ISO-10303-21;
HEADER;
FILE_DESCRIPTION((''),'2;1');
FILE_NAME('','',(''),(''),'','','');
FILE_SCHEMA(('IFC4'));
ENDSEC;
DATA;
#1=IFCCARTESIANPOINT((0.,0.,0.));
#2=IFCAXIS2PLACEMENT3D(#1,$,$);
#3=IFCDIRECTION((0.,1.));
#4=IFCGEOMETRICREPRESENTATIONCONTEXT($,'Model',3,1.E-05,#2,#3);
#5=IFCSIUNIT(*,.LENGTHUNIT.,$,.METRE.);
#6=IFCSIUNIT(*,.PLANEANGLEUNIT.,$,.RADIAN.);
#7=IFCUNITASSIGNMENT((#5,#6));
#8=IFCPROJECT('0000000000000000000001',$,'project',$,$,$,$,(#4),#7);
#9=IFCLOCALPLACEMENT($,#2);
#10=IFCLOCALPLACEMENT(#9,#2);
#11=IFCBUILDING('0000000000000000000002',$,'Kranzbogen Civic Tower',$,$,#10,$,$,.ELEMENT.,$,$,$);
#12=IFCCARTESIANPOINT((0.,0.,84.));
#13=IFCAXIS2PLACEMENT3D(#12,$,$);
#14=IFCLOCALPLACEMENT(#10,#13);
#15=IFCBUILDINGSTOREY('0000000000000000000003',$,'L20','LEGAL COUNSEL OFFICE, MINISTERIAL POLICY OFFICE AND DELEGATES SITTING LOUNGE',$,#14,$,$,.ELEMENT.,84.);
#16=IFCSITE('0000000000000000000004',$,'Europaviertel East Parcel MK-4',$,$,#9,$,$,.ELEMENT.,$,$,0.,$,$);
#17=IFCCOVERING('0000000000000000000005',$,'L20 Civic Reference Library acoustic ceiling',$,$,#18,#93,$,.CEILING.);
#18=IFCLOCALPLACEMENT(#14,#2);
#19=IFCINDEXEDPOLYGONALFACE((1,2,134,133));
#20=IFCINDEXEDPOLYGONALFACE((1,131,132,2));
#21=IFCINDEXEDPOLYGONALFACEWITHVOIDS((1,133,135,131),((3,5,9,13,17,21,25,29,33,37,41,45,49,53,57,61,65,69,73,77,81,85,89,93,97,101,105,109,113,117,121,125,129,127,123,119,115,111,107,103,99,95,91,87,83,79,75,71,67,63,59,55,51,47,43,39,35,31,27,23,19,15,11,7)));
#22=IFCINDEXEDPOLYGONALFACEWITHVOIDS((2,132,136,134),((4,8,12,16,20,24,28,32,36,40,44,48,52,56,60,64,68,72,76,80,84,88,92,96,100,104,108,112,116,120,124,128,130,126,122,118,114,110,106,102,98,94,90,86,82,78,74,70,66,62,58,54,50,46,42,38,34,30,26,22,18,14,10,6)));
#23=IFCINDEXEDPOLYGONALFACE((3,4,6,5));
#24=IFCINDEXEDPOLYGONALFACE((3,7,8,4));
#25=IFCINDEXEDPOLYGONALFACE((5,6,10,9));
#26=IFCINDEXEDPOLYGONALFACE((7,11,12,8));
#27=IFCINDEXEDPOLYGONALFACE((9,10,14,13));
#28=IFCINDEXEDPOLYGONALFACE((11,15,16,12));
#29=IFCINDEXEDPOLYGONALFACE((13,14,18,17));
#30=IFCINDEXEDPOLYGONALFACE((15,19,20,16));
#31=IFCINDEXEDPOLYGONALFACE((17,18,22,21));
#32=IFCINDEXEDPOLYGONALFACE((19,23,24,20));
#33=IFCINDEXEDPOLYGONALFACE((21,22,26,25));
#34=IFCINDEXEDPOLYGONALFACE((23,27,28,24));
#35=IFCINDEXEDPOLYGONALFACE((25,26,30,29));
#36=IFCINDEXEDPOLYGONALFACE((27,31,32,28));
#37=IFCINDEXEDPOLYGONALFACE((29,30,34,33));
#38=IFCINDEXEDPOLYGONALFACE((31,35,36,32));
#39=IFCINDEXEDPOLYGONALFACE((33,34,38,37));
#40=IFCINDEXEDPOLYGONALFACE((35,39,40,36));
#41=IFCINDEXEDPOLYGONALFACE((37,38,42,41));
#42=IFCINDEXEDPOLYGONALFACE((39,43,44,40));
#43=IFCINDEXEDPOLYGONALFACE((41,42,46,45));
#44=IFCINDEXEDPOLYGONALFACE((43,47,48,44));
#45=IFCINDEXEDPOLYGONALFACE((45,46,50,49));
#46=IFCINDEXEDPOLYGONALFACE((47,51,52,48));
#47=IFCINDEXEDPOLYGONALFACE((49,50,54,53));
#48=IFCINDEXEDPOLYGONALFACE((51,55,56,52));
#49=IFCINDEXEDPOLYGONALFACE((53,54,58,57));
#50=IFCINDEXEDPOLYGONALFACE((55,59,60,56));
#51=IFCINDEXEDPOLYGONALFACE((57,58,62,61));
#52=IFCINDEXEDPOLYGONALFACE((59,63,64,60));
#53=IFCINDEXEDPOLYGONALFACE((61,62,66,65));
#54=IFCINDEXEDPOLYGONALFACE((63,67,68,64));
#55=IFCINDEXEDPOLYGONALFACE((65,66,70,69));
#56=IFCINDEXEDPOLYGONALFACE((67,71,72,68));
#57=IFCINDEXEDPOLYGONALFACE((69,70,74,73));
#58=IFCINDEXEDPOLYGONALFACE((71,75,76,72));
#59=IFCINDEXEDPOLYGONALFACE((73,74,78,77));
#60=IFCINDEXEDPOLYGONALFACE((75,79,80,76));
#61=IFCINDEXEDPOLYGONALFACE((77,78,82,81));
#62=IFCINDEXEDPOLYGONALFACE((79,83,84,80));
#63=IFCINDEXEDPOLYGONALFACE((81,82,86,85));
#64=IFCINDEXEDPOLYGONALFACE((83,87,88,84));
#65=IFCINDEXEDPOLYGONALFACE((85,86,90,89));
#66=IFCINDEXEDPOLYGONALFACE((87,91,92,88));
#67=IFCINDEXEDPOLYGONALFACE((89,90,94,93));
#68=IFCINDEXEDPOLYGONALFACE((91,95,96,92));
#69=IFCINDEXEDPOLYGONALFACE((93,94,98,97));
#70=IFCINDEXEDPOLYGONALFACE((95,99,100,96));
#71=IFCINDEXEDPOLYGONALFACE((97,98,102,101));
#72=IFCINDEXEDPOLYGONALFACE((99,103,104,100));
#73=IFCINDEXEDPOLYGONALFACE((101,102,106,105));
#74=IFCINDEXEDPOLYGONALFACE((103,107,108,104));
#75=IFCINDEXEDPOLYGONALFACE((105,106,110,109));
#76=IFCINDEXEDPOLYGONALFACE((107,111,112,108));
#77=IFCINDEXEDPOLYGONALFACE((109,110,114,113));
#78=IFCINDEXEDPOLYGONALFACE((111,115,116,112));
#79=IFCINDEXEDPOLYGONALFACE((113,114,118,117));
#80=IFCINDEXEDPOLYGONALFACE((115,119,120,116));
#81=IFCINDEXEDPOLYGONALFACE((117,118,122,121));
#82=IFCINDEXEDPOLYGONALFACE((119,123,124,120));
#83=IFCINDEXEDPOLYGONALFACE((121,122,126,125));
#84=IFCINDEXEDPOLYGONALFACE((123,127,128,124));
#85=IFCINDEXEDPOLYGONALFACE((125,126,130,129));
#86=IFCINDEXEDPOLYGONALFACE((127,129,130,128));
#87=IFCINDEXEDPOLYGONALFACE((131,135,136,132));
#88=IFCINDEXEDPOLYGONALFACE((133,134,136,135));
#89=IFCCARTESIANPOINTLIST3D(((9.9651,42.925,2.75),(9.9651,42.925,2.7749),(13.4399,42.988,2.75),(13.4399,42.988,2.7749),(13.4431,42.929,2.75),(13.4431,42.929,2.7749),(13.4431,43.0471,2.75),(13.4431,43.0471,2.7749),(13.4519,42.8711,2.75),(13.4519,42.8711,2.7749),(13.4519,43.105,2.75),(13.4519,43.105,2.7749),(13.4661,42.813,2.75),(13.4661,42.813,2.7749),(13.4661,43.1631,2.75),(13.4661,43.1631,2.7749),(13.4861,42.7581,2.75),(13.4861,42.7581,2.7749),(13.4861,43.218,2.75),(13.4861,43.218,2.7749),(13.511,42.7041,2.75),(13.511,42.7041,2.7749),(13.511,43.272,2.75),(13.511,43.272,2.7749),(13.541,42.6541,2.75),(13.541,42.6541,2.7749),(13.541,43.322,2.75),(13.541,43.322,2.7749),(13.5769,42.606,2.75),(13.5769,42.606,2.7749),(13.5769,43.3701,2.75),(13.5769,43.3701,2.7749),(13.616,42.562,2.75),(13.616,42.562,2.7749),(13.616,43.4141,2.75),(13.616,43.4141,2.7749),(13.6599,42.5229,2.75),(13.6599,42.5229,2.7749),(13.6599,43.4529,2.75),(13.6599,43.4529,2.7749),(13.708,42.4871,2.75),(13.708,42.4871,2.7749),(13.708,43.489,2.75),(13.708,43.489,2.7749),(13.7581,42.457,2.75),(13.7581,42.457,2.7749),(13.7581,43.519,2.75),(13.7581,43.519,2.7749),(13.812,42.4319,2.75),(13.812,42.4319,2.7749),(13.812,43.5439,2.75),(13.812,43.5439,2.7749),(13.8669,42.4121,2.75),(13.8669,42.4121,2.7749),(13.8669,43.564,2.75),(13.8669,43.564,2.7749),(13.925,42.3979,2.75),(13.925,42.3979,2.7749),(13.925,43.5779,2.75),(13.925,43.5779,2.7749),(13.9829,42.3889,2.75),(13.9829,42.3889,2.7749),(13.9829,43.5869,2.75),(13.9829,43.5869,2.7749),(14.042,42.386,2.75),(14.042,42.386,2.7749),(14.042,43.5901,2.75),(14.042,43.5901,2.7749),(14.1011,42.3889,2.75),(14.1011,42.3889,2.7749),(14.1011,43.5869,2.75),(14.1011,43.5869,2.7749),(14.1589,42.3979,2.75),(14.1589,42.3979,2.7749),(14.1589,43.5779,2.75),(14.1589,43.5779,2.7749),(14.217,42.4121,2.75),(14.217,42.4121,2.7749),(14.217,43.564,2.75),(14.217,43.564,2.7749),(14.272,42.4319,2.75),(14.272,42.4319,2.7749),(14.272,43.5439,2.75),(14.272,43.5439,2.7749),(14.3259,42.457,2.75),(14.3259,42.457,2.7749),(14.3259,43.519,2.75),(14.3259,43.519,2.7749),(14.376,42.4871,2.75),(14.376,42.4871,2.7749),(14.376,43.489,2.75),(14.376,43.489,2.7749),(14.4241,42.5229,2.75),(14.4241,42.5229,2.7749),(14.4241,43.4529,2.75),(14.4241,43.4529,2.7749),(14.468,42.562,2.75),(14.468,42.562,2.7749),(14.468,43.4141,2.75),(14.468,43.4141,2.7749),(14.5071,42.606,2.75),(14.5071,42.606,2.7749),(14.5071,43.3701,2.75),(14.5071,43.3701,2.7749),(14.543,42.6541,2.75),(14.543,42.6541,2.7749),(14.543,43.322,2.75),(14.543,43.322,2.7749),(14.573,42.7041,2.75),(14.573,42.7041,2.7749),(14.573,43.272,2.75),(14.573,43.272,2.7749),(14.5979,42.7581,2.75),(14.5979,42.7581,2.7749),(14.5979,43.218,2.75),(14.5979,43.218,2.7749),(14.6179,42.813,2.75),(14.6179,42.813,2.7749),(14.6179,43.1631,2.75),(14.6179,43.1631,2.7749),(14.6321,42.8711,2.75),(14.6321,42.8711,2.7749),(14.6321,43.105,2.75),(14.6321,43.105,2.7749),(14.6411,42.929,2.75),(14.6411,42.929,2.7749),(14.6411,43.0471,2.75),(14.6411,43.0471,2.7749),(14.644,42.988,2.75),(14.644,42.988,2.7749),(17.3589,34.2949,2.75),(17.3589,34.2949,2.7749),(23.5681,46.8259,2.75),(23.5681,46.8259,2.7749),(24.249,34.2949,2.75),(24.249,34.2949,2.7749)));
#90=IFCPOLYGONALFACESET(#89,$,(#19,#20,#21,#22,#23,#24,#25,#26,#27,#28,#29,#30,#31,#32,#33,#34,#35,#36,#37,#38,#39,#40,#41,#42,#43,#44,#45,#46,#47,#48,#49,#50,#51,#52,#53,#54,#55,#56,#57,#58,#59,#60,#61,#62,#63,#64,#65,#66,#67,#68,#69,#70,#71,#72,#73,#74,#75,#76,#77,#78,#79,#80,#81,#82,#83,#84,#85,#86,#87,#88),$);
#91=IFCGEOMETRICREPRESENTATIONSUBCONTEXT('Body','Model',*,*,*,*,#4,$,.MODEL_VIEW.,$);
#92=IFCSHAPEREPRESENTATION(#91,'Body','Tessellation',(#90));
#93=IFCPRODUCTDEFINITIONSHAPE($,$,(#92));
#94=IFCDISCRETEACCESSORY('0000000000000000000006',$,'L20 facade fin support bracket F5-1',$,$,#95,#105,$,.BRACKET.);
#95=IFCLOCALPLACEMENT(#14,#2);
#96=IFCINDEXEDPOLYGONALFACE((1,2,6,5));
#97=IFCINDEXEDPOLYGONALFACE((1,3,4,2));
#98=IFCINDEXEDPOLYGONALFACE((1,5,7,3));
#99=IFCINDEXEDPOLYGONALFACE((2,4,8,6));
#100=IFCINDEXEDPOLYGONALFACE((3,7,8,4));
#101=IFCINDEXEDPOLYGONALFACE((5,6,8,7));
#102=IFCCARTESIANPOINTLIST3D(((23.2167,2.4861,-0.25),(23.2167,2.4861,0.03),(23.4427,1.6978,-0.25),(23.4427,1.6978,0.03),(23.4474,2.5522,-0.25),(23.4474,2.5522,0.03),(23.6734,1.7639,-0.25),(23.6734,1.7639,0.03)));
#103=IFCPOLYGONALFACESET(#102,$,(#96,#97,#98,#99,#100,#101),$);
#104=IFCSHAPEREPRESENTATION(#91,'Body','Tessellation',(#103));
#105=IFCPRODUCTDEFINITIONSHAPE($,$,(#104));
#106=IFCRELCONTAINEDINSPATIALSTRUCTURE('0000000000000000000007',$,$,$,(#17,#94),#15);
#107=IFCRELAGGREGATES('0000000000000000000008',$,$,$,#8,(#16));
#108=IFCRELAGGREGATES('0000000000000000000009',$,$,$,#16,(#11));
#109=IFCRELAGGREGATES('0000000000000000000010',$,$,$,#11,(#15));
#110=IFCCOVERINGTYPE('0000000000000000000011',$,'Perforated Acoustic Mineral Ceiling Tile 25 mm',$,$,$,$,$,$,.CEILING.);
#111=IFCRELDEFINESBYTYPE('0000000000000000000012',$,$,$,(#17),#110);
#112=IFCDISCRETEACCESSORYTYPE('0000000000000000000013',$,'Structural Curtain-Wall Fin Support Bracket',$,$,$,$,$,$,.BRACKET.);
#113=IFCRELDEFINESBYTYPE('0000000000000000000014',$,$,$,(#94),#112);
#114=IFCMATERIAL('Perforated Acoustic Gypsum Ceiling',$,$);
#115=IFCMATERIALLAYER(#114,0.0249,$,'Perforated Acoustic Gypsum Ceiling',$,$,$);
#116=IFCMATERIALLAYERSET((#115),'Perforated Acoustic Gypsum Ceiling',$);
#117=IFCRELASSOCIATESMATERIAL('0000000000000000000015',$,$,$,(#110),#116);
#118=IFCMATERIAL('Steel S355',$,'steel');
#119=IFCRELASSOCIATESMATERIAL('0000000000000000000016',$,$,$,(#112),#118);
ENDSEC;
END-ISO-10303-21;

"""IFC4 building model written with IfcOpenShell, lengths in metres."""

from ifc_helpers import new_model, si_unit, direction, frame, origin, origin_2d, place, context, subcontext, project, spatial, polyline, rectangle, outline, extrude, material, layer, layer_set, type_object, element, save


model = new_model("IFC4")

# Units and contexts
model_context = context("Model", 3, precision=1e-05, world=origin(), true_north=direction((0.0, 1.0)))
body_context = subcontext(model_context, "Body", "Model", "MODEL_VIEW")
ifc_project = project(units=[si_unit("LENGTHUNIT", "METRE"), si_unit("PLANEANGLEUNIT", "RADIAN")], contexts=[model_context])

# Site, building, storey
site_placement = place(None, origin())
site = spatial("IfcSite", under=ifc_project, at=site_placement, Name="Europaviertel East Parcel MK-4", CompositionType="ELEMENT", RefElevation=0.0)
building_placement = place(site_placement, origin())
building = spatial("IfcBuilding", under=site, at=building_placement, Name="Kranzbogen Civic Tower", CompositionType="ELEMENT")
storey_placement = place(building_placement, frame((0.0, 0.0, 84.0)))
storey = spatial("IfcBuildingStorey", under=building, at=storey_placement, Name="L20", Description="LEGAL COUNSEL OFFICE, MINISTERIAL POLICY OFFICE AND DELEGATES SITTING LOUNGE", CompositionType="ELEMENT", Elevation=84.0)

# Shared definitions
ifc_material_1 = material(Name="Steel S355", Category="steel")

# Covering
ifc_material_2 = material(Name="Perforated Acoustic Gypsum Ceiling")
ifc_layer_1 = layer(ifc_material_2, 0.0249, Name="Perforated Acoustic Gypsum Ceiling")
ifc_layer_set_1 = layer_set([ifc_layer_1], Name="Perforated Acoustic Gypsum Ceiling")
covering_type_1 = type_object("IfcCoveringType", Name="Perforated Acoustic Mineral Ceiling Tile 25 mm", PredefinedType="CEILING", material=ifc_layer_set_1)
covering_1_placement = place(storey_placement, frame((0.0, 0.0, 2.75)))
element("IfcCovering", 1, at=covering_1_placement, inside=storey, type_object=covering_type_1, Name="L20 Civic Reference Library acoustic ceiling", PredefinedType="CEILING", context=body_context, shape_type="SweptSolid", body=[
    extrude(outline(polyline([(24.249, 34.2949), (17.3589, 34.2949), (9.9651, 42.925), (23.5681, 46.8259), (24.249, 34.2949)]), holes=[polyline([(14.5979, 42.7581), (14.573, 42.7041), (14.543, 42.6541), (14.5071, 42.606), (14.468, 42.562), (14.4241, 42.5229), (14.376, 42.4871), (14.3259, 42.457), (14.272, 42.4319), (14.217, 42.4121), (14.1589, 42.3979), (14.1011, 42.3889), (14.042, 42.386), (13.9829, 42.3889), (13.925, 42.3979), (13.8669, 42.4121), (13.812, 42.4319), (13.7581, 42.457), (13.708, 42.4871), (13.6599, 42.5229), (13.616, 42.562), (13.5769, 42.606), (13.541, 42.6541), (13.511, 42.7041), (13.4861, 42.7581), (13.4661, 42.813), (13.4519, 42.8711), (13.4431, 42.929), (13.4399, 42.988), (13.4431, 43.0471), (13.4519, 43.105), (13.4661, 43.1631), (13.4861, 43.218), (13.511, 43.272), (13.541, 43.322), (13.5769, 43.3701), (13.616, 43.4141), (13.6599, 43.4529), (13.708, 43.489), (13.7581, 43.519), (13.812, 43.5439), (13.8669, 43.564), (13.925, 43.5779), (13.9829, 43.5869), (14.042, 43.5901), (14.1011, 43.5869), (14.1589, 43.5779), (14.217, 43.564), (14.272, 43.5439), (14.3259, 43.519), (14.376, 43.489), (14.4241, 43.4529), (14.468, 43.4141), (14.5071, 43.3701), (14.543, 43.322), (14.573, 43.272), (14.5979, 43.218), (14.6179, 43.1631), (14.6321, 43.105), (14.6411, 43.0471), (14.644, 42.988), (14.6411, 42.929), (14.6321, 42.8711), (14.6179, 42.813), (14.5979, 42.7581)])]), origin(), (0.0, 0.0, 1.0), 0.0249),
])

# Discrete accessory
discrete_accessory_type = type_object("IfcDiscreteAccessoryType", Name="Structural Curtain-Wall Fin Support Bracket", PredefinedType="BRACKET", material=ifc_material_1)
discrete_accessory_placement = place(storey_placement, frame((23.4451, 2.125, -0.25), z_axis=(0.0, 0.0, 1.0), x_axis=(0.275637, -0.961262, 0.0)))
element("IfcDiscreteAccessory", 2, at=discrete_accessory_placement, inside=storey, type_object=discrete_accessory_type, Name="L20 facade fin support bracket F5-1", PredefinedType="BRACKET", context=body_context, shape_type="SweptSolid", body=[
    extrude(rectangle(XDim=0.8201, YDim=0.24, at=origin_2d()), origin(), (0.0, 0.0, 1.0), 0.28),
])

save(model, "model.ifc")
